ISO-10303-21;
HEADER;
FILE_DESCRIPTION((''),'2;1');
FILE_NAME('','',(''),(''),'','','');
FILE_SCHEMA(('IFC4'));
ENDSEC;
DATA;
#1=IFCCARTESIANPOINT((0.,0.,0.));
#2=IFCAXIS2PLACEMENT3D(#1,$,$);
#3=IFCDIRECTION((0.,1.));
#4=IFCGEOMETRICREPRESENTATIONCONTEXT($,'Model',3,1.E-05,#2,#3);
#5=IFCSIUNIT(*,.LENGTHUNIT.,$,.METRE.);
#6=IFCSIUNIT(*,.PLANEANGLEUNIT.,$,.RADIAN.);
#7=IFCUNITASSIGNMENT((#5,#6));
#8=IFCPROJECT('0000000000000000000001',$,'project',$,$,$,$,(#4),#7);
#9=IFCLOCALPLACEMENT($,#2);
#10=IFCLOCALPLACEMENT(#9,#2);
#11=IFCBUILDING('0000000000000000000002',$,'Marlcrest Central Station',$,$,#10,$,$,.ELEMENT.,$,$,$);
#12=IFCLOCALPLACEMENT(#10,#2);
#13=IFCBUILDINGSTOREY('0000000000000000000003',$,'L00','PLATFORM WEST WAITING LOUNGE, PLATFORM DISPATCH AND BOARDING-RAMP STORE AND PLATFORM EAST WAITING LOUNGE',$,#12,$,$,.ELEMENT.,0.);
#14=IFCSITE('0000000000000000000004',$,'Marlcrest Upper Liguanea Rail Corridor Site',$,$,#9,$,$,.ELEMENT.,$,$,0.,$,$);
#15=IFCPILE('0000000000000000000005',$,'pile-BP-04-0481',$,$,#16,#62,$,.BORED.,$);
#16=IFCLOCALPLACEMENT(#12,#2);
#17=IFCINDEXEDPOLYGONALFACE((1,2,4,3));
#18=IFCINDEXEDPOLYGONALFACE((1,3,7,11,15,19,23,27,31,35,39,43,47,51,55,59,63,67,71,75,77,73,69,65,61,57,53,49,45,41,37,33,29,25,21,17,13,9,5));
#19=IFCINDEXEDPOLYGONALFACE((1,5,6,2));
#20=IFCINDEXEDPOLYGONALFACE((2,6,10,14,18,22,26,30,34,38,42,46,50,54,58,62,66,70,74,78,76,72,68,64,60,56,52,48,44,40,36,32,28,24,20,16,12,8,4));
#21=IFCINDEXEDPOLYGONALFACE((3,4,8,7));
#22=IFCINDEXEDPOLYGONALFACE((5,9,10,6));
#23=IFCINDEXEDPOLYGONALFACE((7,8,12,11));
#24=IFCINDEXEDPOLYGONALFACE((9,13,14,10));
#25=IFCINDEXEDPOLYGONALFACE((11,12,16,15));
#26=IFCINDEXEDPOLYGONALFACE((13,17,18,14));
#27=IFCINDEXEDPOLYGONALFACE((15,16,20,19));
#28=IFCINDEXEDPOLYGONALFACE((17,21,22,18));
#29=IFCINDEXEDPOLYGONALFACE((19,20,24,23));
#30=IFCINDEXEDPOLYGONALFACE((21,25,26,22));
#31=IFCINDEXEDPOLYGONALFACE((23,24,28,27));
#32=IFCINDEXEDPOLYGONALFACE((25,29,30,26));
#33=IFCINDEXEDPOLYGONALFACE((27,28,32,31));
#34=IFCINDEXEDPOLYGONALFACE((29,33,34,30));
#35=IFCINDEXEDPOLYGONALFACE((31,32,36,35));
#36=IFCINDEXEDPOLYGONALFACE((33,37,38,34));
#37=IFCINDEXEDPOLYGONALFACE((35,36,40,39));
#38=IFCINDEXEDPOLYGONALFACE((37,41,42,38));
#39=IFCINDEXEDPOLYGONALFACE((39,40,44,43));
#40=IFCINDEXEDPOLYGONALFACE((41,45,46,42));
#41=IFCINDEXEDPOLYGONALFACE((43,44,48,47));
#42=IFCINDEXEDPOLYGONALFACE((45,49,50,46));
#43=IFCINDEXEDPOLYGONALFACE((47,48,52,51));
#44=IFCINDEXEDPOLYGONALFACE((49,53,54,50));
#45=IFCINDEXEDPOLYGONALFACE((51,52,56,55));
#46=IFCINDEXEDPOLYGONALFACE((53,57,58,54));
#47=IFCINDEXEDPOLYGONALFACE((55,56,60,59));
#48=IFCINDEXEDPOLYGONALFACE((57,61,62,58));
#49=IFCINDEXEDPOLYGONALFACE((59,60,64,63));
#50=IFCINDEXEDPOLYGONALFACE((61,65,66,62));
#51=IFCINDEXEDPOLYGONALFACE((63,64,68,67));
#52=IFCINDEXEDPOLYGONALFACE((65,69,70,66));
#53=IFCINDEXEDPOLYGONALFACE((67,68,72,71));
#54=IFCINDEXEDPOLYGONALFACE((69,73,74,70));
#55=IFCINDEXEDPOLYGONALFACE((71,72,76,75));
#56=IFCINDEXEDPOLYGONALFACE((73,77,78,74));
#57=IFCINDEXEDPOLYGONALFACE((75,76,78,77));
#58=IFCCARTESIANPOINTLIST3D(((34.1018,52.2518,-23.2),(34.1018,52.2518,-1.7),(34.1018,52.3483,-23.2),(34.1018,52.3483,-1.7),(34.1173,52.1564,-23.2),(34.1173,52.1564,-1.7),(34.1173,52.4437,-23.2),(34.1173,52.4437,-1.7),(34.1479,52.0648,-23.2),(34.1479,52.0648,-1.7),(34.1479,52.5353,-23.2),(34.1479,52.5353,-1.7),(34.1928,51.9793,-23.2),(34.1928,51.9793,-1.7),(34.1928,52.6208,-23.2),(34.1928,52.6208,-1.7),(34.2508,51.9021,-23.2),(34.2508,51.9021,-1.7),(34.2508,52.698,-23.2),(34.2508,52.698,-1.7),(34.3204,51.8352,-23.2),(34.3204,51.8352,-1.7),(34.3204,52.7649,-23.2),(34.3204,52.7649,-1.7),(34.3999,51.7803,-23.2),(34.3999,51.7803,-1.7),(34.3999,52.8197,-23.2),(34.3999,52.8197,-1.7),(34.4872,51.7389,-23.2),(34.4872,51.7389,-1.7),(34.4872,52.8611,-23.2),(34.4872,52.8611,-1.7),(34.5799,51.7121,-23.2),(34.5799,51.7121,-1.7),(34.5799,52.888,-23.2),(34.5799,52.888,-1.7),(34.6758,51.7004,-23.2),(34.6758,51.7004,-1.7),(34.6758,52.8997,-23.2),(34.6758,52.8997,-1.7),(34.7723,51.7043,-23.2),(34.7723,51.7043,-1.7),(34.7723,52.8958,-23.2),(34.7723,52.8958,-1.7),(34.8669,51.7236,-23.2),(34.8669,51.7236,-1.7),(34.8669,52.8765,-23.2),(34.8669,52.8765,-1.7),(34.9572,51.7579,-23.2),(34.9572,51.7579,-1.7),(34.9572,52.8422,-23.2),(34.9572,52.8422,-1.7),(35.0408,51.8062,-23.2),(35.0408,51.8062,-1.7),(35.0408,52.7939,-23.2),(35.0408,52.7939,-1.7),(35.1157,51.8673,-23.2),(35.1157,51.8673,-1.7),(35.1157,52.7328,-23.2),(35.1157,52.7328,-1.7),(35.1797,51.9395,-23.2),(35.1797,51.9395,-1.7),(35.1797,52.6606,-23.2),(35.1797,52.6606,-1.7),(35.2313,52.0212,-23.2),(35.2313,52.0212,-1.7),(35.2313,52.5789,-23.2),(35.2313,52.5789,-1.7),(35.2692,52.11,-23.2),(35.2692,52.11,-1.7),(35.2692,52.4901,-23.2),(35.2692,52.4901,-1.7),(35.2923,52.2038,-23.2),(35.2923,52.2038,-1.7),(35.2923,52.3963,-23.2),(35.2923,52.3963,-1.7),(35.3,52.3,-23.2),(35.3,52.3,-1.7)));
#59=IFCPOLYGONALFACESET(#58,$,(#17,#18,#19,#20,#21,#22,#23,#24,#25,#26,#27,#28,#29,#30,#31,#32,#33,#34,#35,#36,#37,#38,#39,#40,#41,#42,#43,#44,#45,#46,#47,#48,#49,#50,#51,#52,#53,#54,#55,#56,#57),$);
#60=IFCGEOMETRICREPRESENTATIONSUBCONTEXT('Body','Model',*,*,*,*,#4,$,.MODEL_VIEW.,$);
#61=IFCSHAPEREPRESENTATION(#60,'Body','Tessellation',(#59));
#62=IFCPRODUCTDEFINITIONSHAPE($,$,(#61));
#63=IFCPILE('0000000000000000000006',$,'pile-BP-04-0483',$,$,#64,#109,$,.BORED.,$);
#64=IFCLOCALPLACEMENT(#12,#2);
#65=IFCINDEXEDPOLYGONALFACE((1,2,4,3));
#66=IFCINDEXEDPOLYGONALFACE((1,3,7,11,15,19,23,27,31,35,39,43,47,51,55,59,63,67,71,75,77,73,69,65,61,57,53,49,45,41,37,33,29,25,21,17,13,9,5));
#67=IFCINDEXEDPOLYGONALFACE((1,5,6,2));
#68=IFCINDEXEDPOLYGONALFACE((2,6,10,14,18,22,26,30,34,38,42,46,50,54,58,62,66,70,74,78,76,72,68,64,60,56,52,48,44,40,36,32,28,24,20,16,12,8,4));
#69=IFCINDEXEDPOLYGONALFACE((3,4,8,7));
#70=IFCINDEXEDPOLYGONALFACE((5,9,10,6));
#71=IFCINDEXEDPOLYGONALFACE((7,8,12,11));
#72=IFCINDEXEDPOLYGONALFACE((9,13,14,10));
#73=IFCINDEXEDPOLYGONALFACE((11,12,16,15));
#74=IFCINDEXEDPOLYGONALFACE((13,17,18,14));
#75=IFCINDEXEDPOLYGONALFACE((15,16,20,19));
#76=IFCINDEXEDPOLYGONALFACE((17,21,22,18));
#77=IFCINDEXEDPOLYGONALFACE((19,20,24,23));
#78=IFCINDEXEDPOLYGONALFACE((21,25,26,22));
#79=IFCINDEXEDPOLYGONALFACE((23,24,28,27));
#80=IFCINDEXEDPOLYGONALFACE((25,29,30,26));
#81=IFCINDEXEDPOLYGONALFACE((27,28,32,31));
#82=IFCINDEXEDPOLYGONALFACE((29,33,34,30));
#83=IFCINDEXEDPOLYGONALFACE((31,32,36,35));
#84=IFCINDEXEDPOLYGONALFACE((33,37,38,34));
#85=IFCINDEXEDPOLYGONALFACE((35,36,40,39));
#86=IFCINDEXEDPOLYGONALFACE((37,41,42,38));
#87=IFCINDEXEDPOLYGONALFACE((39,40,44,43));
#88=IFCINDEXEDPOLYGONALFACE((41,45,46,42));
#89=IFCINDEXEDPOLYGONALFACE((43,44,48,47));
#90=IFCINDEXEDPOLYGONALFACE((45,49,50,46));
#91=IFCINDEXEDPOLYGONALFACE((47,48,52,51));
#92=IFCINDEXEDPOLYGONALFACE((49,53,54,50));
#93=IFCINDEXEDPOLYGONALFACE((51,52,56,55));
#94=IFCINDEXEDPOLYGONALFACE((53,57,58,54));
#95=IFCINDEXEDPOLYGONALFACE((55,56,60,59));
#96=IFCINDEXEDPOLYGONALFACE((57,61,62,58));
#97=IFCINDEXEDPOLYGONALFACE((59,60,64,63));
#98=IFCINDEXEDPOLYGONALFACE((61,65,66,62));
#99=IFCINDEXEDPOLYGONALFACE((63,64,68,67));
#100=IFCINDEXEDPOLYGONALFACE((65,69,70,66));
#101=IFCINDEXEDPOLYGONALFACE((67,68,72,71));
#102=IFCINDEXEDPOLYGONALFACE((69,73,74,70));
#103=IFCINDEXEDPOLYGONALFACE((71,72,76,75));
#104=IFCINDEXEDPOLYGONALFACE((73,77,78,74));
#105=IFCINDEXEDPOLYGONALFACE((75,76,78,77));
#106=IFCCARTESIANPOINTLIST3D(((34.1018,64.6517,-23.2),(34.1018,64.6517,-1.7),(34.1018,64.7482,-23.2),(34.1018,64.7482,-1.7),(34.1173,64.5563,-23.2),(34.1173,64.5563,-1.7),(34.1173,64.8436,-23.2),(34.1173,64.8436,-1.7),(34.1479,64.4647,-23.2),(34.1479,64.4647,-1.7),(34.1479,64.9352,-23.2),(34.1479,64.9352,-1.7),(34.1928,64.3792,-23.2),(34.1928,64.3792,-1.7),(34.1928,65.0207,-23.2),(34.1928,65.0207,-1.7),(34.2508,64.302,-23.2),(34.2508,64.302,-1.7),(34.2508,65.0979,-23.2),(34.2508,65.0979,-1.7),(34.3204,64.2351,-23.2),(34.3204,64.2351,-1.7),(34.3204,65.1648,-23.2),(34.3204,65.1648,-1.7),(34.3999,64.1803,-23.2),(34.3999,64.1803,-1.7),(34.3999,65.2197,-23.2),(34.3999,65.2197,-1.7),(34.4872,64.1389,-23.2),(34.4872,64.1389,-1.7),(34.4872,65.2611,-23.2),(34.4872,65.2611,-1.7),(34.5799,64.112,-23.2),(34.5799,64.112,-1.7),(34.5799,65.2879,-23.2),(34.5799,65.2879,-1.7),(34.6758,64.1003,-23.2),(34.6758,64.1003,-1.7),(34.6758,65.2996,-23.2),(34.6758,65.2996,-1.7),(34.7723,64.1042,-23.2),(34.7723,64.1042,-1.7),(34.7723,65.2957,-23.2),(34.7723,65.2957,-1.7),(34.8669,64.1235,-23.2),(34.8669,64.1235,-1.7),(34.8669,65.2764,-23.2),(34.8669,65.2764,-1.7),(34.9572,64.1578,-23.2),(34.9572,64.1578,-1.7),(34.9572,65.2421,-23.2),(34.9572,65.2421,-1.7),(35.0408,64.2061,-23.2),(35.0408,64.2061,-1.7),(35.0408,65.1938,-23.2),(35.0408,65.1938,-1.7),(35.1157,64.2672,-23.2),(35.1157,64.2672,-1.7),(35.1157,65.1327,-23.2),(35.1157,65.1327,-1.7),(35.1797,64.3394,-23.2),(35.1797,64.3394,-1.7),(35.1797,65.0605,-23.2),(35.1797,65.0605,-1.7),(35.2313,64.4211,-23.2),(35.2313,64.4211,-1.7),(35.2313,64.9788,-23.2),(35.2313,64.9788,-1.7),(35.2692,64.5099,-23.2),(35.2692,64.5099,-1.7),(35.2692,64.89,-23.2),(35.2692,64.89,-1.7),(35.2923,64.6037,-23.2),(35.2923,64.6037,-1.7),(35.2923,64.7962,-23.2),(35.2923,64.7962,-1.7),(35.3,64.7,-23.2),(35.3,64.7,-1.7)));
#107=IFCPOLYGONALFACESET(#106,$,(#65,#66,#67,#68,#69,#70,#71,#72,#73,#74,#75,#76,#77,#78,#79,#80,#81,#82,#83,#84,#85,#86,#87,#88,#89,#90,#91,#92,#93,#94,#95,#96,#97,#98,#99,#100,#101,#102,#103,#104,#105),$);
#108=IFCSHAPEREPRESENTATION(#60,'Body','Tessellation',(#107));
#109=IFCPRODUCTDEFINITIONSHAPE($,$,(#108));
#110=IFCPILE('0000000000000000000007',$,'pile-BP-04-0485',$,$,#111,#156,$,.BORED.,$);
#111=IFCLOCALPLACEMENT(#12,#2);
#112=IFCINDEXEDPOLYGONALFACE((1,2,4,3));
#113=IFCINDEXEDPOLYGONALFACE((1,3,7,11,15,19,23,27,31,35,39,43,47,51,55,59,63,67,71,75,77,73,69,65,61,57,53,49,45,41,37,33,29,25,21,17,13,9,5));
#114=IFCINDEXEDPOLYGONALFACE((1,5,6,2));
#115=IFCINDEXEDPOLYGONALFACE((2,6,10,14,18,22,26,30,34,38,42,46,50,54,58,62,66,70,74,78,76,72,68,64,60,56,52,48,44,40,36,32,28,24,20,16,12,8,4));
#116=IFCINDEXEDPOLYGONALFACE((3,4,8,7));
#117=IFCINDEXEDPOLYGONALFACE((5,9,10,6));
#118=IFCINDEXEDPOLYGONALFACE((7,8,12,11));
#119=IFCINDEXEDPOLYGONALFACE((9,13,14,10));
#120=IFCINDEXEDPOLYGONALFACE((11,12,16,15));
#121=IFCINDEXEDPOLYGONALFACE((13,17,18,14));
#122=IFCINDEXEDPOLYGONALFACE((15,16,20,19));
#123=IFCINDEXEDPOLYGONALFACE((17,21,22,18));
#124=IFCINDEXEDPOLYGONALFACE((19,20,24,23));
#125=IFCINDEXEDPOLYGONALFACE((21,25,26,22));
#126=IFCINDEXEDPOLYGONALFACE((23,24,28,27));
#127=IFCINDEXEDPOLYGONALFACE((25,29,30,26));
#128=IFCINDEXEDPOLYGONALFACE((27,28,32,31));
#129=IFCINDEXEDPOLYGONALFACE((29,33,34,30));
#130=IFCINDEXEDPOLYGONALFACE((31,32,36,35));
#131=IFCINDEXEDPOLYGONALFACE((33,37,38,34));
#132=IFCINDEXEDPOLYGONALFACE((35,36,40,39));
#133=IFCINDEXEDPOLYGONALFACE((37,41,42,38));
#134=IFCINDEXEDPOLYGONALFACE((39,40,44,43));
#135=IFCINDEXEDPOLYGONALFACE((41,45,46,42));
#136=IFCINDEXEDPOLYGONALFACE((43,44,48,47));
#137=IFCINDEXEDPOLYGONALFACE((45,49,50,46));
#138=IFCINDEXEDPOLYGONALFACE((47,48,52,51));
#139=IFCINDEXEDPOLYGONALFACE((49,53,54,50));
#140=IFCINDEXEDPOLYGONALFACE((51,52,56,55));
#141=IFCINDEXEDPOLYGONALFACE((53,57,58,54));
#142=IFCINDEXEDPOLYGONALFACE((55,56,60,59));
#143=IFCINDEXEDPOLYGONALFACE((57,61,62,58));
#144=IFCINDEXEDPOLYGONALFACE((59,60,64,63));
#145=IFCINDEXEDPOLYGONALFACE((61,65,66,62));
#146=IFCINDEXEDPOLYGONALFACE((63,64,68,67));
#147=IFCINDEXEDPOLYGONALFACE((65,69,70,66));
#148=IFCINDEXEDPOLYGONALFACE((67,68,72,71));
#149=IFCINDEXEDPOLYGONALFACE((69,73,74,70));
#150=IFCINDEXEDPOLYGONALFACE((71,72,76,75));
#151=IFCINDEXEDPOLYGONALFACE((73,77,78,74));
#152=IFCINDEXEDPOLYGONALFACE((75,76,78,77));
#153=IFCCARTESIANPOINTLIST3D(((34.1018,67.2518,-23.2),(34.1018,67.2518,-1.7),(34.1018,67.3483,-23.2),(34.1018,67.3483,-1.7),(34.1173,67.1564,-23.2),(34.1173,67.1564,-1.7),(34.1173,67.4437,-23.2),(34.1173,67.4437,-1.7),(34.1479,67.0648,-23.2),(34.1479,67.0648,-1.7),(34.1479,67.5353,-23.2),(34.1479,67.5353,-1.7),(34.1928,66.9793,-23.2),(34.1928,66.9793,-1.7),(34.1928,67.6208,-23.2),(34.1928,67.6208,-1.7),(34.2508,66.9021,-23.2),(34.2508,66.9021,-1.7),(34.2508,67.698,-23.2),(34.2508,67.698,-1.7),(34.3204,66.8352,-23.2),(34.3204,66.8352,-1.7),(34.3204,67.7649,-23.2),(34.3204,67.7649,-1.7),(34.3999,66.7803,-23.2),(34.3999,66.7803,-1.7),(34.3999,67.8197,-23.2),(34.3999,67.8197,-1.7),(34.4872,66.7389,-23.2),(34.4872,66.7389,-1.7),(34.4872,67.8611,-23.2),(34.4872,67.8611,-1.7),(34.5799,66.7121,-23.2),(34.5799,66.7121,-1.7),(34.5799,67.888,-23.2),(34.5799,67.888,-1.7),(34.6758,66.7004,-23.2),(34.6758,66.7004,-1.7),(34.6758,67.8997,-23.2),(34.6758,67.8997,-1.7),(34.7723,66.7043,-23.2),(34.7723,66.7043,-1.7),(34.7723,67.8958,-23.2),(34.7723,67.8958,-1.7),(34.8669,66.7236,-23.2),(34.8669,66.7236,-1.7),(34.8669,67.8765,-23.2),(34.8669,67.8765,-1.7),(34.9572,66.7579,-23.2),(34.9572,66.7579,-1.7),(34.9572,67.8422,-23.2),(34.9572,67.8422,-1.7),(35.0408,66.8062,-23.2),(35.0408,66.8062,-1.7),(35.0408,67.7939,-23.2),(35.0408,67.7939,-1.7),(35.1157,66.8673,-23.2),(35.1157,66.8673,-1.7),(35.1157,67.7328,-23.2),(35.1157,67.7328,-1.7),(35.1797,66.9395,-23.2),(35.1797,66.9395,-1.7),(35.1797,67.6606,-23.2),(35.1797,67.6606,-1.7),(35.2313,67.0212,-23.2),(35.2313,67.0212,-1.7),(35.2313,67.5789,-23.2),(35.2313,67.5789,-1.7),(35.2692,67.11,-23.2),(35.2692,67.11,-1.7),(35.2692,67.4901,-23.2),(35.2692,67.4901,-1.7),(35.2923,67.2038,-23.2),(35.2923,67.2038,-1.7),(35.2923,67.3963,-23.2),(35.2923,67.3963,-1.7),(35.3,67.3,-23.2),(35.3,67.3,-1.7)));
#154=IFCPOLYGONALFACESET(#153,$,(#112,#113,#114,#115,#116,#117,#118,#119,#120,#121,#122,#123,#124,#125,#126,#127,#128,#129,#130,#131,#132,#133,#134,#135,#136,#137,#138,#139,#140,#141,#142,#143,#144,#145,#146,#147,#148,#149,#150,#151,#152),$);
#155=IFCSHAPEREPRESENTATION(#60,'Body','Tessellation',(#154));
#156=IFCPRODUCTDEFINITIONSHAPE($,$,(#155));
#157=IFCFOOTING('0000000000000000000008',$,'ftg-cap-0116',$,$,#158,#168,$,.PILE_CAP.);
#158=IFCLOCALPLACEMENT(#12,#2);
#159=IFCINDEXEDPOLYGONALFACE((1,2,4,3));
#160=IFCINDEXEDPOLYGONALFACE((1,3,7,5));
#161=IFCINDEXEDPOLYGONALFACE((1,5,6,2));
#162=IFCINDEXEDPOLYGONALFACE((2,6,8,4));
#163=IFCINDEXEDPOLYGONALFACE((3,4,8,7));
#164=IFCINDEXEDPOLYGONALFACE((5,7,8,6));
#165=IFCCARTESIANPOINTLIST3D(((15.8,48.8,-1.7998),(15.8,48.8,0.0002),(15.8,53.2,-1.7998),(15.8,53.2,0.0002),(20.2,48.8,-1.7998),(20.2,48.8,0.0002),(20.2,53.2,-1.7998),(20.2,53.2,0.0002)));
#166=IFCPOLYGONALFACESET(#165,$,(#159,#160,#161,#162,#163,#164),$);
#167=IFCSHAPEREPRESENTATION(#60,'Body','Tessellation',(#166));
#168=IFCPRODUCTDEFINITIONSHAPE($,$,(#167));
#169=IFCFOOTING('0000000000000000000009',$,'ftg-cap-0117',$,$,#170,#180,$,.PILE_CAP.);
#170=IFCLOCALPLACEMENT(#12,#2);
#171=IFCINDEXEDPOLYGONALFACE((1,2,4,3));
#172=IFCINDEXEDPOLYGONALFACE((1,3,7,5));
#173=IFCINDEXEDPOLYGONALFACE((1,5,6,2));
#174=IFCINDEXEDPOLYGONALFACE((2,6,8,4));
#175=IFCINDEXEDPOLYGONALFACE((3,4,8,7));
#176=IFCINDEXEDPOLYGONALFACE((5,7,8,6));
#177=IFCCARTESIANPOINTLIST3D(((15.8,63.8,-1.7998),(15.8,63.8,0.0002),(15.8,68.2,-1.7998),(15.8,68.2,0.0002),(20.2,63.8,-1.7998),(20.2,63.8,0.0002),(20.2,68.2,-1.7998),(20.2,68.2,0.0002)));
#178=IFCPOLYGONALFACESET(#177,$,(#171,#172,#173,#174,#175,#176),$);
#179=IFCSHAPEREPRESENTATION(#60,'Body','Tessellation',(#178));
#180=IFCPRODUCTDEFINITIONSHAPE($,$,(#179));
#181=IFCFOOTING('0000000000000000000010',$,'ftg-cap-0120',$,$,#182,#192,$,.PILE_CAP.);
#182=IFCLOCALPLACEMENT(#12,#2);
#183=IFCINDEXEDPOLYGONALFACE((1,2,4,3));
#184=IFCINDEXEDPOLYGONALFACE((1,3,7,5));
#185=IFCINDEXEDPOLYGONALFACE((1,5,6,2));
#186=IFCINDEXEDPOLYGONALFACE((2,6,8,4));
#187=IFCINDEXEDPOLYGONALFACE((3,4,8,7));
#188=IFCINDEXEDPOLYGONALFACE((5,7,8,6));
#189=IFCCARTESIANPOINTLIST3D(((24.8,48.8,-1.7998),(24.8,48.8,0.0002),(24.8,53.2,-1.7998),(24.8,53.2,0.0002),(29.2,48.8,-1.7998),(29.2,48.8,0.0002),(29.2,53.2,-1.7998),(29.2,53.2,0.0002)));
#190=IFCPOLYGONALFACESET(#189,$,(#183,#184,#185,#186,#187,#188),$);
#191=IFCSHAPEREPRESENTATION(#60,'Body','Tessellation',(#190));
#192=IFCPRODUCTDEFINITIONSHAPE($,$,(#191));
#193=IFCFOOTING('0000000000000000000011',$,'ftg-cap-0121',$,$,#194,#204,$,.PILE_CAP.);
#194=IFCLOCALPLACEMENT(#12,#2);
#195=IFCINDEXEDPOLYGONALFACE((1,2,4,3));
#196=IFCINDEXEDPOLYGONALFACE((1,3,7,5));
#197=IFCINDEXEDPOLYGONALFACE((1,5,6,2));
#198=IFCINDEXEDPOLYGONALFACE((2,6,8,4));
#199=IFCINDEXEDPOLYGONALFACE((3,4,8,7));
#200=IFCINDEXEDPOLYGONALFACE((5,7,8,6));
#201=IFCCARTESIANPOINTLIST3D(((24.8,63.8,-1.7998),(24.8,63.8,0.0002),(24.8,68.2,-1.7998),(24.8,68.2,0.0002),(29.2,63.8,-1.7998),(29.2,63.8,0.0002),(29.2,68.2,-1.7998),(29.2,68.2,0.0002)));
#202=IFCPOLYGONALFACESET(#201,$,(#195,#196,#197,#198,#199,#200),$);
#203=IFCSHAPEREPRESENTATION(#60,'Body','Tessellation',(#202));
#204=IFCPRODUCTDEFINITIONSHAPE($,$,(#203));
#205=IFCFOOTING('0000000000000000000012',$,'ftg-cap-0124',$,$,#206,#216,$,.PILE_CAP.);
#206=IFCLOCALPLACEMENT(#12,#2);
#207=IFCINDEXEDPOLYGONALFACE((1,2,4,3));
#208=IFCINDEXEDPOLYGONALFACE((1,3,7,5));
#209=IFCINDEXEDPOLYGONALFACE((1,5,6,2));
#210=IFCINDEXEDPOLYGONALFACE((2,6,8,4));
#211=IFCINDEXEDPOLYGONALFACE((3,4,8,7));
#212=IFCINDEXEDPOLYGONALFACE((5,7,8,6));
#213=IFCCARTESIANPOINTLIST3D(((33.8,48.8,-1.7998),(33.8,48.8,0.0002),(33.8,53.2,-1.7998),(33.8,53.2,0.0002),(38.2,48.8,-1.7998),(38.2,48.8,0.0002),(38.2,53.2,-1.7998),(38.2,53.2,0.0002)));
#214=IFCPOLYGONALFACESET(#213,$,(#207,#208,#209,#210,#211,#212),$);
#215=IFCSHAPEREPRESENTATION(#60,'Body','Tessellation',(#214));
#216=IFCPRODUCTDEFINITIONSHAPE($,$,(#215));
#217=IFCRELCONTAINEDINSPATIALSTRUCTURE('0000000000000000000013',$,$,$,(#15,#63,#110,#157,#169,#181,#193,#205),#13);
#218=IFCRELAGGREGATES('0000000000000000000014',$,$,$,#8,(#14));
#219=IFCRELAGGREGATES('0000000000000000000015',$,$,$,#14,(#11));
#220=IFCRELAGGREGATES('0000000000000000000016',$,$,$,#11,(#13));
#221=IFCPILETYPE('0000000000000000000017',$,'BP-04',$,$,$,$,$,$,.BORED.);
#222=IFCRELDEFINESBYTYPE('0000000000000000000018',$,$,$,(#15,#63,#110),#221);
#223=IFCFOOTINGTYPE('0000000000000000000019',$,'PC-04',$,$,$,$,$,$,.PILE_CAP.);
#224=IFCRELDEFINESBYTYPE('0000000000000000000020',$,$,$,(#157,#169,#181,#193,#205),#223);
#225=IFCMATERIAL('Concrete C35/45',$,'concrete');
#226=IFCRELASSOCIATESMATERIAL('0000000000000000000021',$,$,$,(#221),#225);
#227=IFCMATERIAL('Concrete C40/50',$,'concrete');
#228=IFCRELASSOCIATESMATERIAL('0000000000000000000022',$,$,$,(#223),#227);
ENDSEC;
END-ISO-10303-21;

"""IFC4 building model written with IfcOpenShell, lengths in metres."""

from ifc_helpers import new_model, si_unit, direction, frame, origin, origin_2d, place, context, subcontext, project, spatial, rectangle, circle, extrude, material, material_profile, profile_set, type_object, element, save


model = new_model("IFC4")

# Units and contexts
model_context = context("Model", 3, precision=1e-05, world=origin(), true_north=direction((0.0, 1.0)))
body_context = subcontext(model_context, "Body", "Model", "MODEL_VIEW")
ifc_project = project(units=[si_unit("LENGTHUNIT", "METRE"), si_unit("PLANEANGLEUNIT", "RADIAN")], contexts=[model_context])

# Site, building, storey
site_placement = place(None, origin())
site = spatial("IfcSite", under=ifc_project, at=site_placement, Name="Marlcrest Upper Liguanea Rail Corridor Site", CompositionType="ELEMENT", RefElevation=0.0)
building_placement = place(site_placement, origin())
building = spatial("IfcBuilding", under=site, at=building_placement, Name="Marlcrest Central Station", CompositionType="ELEMENT")
storey_placement = place(building_placement, origin())
storey = spatial("IfcBuildingStorey", under=building, at=storey_placement, Name="L00", Description="PLATFORM WEST WAITING LOUNGE, PLATFORM DISPATCH AND BOARDING-RAMP STORE AND PLATFORM EAST WAITING LOUNGE", CompositionType="ELEMENT", Elevation=0.0)

# Piles
ifc_material_1 = material(Name="Concrete C35/45", Category="concrete")
ifc_material_profile_1 = material_profile(ifc_material_1, circle(Radius=0.6001, at=origin_2d()), Name="PILE D1200")
ifc_profile_set_1 = profile_set([ifc_material_profile_1], Name="Concrete C35/45")
pile_type = type_object("IfcPileType", Name="BP-04", PredefinedType="BORED", material=ifc_profile_set_1)
for number, where, z_axis, x_axis, name in (
    (1, (34.7, 52.3, -1.7), (0.0, 0.0, -1.0), (1.0, 0.0, 0.0), "pile-BP-04-0481"),
    (2, (34.7, 64.7, -1.7), (0.0, 0.0, -1.0), (1.0, 0.0, 0.0), "pile-BP-04-0483"),
    (3, (34.7, 67.3, -1.7), (0.0, 0.0, -1.0), (1.0, 0.0, 0.0), "pile-BP-04-0485"),
):
    element("IfcPile", number, at=place(storey_placement, frame(where, z_axis=z_axis, x_axis=x_axis)), inside=storey, type_object=pile_type, Name=name, PredefinedType="BORED", context=body_context, shape_type="SweptSolid", body=[
        extrude(circle(Radius=0.6001, at=origin_2d()), origin(), (0.0, 0.0, 1.0), 21.5),
    ])

# Footings
ifc_material_2 = material(Name="Concrete C40/50", Category="concrete")
footing_type_1 = type_object("IfcFootingType", Name="PC-04", PredefinedType="PILE_CAP", material=ifc_material_2)
for number, where, z_axis, x_axis, name in (
    (4, (18.0, 51.0, -1.7998), (0.0, 0.0, 1.0), (1.0, 0.0, 0.0), "ftg-cap-0116"),
    (5, (18.0, 66.0, -1.7998), (0.0, 0.0, 1.0), (1.0, 0.0, 0.0), "ftg-cap-0117"),
    (6, (27.0, 51.0, -1.7998), (0.0, 0.0, 1.0), (1.0, 0.0, 0.0), "ftg-cap-0120"),
    (7, (27.0, 66.0, -1.7998), (0.0, 0.0, 1.0), (1.0, 0.0, 0.0), "ftg-cap-0121"),
    (8, (36.0, 51.0, -1.7998), (0.0, 0.0, 1.0), (1.0, 0.0, 0.0), "ftg-cap-0124"),
):
    element("IfcFooting", number, at=place(storey_placement, frame(where, z_axis=z_axis, x_axis=x_axis)), inside=storey, type_object=footing_type_1, Name=name, PredefinedType="PILE_CAP", context=body_context, shape_type="SweptSolid", body=[
        extrude(rectangle(XDim=4.3999, YDim=4.3999, at=origin_2d()), origin(), (0.0, 0.0, 1.0), 1.8),
    ])

save(model, "model.ifc")
